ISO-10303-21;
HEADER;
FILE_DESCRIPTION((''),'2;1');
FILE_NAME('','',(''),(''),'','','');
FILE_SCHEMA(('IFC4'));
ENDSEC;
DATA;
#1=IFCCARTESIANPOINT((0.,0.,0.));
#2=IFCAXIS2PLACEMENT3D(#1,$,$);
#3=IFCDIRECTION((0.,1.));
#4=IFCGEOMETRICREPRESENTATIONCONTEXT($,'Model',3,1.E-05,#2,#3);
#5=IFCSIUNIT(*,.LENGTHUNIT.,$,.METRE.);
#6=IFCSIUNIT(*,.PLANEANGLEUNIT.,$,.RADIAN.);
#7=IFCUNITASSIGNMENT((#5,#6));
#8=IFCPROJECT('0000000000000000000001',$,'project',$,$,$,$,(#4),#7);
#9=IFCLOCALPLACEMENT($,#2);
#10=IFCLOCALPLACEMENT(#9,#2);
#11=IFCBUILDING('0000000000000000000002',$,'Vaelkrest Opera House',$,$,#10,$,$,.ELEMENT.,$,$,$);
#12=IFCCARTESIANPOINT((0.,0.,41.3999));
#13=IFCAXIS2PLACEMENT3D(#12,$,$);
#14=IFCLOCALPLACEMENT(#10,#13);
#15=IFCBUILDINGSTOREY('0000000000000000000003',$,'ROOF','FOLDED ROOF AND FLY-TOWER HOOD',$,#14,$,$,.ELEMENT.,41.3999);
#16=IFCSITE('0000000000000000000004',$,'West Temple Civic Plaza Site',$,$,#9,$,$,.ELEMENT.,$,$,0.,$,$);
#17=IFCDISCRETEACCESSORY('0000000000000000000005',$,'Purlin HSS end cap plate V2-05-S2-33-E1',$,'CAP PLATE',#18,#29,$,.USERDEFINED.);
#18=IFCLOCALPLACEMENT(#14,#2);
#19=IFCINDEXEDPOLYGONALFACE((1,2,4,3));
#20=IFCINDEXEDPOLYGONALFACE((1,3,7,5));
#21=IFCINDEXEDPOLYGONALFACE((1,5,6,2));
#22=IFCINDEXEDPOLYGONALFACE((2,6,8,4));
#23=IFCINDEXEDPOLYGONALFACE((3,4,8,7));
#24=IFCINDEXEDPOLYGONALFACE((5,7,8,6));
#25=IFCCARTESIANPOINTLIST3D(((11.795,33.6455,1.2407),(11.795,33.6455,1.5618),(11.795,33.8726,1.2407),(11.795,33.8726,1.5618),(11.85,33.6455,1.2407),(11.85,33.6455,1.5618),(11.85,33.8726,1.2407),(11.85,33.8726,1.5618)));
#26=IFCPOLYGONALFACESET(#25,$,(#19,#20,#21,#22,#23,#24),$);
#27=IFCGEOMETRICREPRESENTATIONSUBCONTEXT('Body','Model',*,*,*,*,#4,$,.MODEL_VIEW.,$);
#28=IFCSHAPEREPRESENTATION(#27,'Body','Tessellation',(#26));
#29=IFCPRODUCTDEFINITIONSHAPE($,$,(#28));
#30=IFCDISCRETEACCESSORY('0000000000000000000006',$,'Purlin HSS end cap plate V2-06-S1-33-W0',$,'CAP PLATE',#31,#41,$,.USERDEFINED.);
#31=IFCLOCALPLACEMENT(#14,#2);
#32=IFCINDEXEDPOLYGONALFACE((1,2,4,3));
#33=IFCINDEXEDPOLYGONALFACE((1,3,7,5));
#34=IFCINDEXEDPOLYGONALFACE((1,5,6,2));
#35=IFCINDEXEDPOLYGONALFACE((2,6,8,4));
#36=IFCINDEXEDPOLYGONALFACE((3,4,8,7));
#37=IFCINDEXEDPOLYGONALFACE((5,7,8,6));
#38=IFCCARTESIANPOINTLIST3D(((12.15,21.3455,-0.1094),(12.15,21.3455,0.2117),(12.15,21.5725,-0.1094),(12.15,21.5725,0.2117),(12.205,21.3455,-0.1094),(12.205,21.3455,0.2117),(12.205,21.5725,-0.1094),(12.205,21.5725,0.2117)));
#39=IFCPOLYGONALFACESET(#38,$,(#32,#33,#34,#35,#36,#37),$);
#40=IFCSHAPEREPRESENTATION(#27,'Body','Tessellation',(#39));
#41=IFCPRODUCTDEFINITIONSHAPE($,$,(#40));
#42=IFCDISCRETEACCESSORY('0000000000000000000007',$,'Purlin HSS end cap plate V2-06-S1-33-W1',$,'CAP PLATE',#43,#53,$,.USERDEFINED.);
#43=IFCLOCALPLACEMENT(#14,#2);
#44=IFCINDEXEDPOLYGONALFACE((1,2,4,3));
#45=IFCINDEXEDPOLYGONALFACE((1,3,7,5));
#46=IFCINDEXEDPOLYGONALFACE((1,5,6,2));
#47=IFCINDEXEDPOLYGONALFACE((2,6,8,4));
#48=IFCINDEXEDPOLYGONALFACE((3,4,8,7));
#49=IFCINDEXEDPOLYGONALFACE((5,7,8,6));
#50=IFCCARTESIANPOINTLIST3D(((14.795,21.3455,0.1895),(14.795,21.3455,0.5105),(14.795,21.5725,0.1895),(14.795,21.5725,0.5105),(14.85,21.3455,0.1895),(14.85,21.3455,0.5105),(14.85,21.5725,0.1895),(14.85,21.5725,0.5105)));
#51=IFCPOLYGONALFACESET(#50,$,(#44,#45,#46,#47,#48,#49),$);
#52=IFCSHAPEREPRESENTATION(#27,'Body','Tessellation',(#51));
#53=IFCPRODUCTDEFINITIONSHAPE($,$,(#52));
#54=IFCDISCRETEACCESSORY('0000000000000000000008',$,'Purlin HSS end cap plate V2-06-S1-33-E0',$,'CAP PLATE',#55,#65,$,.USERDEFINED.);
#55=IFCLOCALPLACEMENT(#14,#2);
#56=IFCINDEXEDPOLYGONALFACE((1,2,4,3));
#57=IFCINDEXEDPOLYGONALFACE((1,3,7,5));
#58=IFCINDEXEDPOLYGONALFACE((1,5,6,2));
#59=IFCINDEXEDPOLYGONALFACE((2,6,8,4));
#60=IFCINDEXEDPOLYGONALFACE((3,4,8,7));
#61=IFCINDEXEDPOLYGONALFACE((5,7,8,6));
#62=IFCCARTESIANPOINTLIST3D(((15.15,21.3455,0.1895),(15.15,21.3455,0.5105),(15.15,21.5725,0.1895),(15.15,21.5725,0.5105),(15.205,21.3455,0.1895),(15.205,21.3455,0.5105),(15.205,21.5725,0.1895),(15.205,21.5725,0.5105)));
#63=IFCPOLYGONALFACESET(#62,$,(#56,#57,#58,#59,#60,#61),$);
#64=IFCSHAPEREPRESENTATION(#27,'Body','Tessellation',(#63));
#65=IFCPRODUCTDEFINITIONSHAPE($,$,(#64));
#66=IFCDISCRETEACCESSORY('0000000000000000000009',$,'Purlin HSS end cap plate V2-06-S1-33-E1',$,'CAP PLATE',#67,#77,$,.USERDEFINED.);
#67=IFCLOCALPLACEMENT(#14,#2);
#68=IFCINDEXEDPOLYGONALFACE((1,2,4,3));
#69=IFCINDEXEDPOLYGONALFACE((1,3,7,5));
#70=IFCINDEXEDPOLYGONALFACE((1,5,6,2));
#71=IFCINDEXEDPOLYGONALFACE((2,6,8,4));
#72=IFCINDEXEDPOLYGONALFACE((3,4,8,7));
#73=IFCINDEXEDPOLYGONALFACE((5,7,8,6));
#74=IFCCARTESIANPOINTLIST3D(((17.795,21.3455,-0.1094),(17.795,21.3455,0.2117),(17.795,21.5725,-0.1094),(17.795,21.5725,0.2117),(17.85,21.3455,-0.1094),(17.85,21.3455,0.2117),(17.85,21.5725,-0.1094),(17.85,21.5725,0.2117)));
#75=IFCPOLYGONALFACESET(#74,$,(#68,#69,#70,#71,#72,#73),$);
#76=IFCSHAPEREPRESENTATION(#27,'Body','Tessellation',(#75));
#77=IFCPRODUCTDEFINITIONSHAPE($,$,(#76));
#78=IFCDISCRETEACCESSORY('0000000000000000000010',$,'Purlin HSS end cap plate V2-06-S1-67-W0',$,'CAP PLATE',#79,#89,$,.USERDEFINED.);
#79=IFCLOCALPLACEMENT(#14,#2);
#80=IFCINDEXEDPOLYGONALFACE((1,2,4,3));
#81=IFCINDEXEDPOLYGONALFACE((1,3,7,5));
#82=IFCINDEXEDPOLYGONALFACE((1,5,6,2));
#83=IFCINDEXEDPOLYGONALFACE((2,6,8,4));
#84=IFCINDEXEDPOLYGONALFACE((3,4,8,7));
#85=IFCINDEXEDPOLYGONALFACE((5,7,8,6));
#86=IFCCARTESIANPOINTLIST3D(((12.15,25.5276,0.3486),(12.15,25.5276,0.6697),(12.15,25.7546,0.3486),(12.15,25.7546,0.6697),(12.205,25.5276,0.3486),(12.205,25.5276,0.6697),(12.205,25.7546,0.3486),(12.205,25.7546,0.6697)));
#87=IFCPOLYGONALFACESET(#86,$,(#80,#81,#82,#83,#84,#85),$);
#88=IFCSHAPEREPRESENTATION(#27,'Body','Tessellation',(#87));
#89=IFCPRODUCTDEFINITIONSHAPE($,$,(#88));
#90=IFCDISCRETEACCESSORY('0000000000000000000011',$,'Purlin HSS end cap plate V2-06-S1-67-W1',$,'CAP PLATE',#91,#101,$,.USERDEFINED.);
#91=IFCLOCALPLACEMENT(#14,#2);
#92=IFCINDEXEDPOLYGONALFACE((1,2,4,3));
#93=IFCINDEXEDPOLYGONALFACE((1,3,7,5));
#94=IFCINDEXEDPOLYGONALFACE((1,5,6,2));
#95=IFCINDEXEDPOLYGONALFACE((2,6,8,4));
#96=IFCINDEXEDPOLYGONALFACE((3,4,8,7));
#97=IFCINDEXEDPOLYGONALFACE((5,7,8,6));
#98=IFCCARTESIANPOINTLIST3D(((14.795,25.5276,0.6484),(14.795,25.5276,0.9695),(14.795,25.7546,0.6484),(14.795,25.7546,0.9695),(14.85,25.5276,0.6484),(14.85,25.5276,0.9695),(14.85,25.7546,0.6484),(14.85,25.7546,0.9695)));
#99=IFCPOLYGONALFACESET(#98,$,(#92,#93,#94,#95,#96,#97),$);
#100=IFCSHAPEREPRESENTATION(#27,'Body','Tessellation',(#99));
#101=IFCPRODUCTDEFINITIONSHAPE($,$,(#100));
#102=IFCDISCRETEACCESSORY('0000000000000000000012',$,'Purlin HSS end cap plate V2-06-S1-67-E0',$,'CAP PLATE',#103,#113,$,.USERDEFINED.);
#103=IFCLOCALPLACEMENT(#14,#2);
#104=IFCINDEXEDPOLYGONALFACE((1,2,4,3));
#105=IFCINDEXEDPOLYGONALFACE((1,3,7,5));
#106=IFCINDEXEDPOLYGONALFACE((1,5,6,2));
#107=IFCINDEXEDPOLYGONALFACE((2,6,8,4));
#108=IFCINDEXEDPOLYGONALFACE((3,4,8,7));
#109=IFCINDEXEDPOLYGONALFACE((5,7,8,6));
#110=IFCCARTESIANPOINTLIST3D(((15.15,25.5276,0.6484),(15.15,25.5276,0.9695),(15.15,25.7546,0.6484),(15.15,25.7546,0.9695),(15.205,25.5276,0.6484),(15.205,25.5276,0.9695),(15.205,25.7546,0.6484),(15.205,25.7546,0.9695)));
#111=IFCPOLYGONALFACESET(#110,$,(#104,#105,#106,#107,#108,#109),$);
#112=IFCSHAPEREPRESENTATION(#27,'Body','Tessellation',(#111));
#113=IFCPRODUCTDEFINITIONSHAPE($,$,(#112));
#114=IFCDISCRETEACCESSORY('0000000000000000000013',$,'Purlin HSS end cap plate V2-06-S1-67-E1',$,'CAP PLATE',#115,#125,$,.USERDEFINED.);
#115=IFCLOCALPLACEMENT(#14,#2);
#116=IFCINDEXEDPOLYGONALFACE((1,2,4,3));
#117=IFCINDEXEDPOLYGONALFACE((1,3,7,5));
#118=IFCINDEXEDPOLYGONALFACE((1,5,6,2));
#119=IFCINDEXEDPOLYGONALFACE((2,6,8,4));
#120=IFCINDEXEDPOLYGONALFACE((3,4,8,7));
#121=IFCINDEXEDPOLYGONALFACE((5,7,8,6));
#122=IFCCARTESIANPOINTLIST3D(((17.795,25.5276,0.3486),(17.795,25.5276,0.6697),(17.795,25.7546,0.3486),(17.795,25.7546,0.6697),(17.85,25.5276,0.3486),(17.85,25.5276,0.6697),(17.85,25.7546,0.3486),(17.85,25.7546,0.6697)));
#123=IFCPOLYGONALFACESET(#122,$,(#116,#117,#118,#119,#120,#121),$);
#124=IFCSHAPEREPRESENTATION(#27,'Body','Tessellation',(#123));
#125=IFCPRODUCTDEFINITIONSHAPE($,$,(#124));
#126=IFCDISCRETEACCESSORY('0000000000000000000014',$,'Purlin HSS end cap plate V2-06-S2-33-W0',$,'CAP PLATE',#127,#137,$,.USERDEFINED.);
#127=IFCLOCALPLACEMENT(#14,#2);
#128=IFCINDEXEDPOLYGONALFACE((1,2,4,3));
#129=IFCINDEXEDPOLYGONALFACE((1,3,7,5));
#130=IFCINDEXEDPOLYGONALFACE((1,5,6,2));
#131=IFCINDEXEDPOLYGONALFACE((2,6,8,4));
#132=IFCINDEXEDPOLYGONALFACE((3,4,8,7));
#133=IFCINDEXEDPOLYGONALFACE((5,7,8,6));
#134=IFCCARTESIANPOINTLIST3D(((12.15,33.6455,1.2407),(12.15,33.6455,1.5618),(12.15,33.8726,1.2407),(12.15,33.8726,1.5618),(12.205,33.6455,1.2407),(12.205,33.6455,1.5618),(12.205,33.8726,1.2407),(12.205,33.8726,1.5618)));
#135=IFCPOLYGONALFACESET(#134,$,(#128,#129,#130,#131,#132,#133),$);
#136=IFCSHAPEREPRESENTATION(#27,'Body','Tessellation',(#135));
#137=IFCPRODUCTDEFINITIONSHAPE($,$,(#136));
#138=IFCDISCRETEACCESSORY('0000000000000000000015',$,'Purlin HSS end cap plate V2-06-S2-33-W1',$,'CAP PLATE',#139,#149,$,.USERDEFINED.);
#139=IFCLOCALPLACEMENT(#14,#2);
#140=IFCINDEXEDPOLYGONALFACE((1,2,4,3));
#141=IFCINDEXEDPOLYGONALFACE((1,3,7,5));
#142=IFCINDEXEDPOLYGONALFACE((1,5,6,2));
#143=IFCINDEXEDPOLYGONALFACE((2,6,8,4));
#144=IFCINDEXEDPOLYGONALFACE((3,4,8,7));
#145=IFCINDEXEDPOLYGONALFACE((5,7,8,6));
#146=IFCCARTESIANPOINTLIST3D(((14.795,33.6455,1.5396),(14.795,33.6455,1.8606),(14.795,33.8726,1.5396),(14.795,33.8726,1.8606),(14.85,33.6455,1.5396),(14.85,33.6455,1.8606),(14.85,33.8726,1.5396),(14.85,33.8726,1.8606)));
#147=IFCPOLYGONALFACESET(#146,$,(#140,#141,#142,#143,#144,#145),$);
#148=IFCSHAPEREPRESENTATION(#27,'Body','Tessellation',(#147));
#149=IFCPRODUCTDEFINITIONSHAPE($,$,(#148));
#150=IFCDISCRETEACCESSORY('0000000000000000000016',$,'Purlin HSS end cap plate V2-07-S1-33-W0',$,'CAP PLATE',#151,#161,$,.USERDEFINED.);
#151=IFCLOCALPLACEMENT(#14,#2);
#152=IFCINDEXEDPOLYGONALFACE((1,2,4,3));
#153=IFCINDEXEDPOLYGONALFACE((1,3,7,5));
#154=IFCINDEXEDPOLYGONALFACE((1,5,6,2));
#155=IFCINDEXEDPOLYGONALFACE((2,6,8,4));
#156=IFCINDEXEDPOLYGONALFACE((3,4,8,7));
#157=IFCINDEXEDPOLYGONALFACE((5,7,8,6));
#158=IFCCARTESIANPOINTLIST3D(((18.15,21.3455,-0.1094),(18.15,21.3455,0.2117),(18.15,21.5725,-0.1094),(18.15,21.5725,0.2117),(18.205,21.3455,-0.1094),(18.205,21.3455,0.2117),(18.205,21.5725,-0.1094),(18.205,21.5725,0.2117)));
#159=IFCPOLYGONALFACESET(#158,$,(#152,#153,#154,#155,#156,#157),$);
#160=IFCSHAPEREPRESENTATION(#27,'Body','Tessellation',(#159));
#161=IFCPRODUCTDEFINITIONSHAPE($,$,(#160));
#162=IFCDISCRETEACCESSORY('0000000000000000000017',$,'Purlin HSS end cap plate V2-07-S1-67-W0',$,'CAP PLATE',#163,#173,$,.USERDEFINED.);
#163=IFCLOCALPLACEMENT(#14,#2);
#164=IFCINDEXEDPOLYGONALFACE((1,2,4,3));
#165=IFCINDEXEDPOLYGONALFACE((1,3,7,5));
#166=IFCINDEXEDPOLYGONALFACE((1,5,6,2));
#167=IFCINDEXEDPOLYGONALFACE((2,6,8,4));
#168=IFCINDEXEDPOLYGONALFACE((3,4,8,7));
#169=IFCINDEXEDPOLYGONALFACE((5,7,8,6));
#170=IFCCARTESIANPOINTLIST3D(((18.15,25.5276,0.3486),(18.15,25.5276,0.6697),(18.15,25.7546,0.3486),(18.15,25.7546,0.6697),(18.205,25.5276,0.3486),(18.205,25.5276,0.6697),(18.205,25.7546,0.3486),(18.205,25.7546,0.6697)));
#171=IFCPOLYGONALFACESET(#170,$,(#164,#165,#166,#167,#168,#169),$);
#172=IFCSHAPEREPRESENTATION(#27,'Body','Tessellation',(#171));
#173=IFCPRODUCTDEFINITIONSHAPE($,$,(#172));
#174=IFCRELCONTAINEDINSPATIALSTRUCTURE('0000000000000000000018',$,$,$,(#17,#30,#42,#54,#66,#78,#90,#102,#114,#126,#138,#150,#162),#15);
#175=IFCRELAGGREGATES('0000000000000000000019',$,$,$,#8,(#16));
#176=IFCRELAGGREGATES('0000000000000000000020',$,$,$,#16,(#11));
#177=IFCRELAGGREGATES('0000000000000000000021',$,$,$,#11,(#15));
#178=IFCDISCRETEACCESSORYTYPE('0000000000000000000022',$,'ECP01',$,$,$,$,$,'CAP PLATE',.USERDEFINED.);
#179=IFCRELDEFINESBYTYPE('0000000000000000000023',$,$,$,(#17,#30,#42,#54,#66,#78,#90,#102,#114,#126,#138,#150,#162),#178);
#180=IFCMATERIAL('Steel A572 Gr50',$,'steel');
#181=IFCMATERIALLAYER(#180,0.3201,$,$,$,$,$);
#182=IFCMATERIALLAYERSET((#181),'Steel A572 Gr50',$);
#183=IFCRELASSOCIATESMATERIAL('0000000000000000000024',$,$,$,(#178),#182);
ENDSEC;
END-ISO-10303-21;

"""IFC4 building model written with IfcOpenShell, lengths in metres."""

from ifc_helpers import new_model, si_unit, direction, frame, origin, origin_2d, place, context, subcontext, project, spatial, rectangle, extrude, material, layer, layer_set, type_object, element, save


model = new_model("IFC4")

# Units and contexts
model_context = context("Model", 3, precision=1e-05, world=origin(), true_north=direction((0.0, 1.0)))
body_context = subcontext(model_context, "Body", "Model", "MODEL_VIEW")
ifc_project = project(units=[si_unit("LENGTHUNIT", "METRE"), si_unit("PLANEANGLEUNIT", "RADIAN")], contexts=[model_context])

# Site, building, storey
site_placement = place(None, origin())
site = spatial("IfcSite", under=ifc_project, at=site_placement, Name="West Temple Civic Plaza Site", CompositionType="ELEMENT", RefElevation=0.0)
building_placement = place(site_placement, origin())
building = spatial("IfcBuilding", under=site, at=building_placement, Name="Vaelkrest Opera House", CompositionType="ELEMENT")
storey_placement = place(building_placement, frame((0.0, 0.0, 41.3999)))
storey = spatial("IfcBuildingStorey", under=building, at=storey_placement, Name="ROOF", Description="FOLDED ROOF AND FLY-TOWER HOOD", CompositionType="ELEMENT", Elevation=41.3999)

# Discrete accessories
ifc_material_1 = material(Name="Steel A572 Gr50", Category="steel")
ifc_layer_1 = layer(ifc_material_1, 0.3201)
ifc_layer_set_1 = layer_set([ifc_layer_1], Name="Steel A572 Gr50")
discrete_accessory_type = type_object("IfcDiscreteAccessoryType", Name="ECP01", ElementType="CAP PLATE", PredefinedType="USERDEFINED", material=ifc_layer_set_1)
for number, where, z_axis, x_axis, name in (
    (1, (11.8225, 33.759, 1.2407), (0.0, 0.0, 1.0), (1.0, 0.0, 0.0), "Purlin HSS end cap plate V2-05-S2-33-E1"),
    (2, (12.1775, 21.459, -0.1094), (0.0, 0.0, 1.0), (1.0, 0.0, 0.0), "Purlin HSS end cap plate V2-06-S1-33-W0"),
    (3, (14.8225, 21.459, 0.1895), (0.0, 0.0, 1.0), (1.0, 0.0, 0.0), "Purlin HSS end cap plate V2-06-S1-33-W1"),
    (4, (15.1775, 21.459, 0.1895), (0.0, 0.0, 1.0), (1.0, 0.0, 0.0), "Purlin HSS end cap plate V2-06-S1-33-E0"),
    (5, (17.8225, 21.459, -0.1094), (0.0, 0.0, 1.0), (1.0, 0.0, 0.0), "Purlin HSS end cap plate V2-06-S1-33-E1"),
    (6, (12.1775, 25.6411, 0.3486), (0.0, 0.0, 1.0), (1.0, 0.0, 0.0), "Purlin HSS end cap plate V2-06-S1-67-W0"),
    (7, (14.8225, 25.6411, 0.6484), (0.0, 0.0, 1.0), (1.0, 0.0, 0.0), "Purlin HSS end cap plate V2-06-S1-67-W1"),
    (8, (15.1775, 25.6411, 0.6484), (0.0, 0.0, 1.0), (1.0, 0.0, 0.0), "Purlin HSS end cap plate V2-06-S1-67-E0"),
    (9, (17.8225, 25.6411, 0.3486), (0.0, 0.0, 1.0), (1.0, 0.0, 0.0), "Purlin HSS end cap plate V2-06-S1-67-E1"),
    (10, (12.1775, 33.759, 1.2407), (0.0, 0.0, 1.0), (1.0, 0.0, 0.0), "Purlin HSS end cap plate V2-06-S2-33-W0"),
    (11, (14.8225, 33.759, 1.5396), (0.0, 0.0, 1.0), (1.0, 0.0, 0.0), "Purlin HSS end cap plate V2-06-S2-33-W1"),
    (12, (18.1775, 21.459, -0.1094), (0.0, 0.0, 1.0), (1.0, 0.0, 0.0), "Purlin HSS end cap plate V2-07-S1-33-W0"),
    (13, (18.1775, 25.6411, 0.3486), (0.0, 0.0, 1.0), (1.0, 0.0, 0.0), "Purlin HSS end cap plate V2-07-S1-67-W0"),
):
    element("IfcDiscreteAccessory", number, at=place(storey_placement, frame(where, z_axis=z_axis, x_axis=x_axis)), inside=storey, type_object=discrete_accessory_type, Name=name, ObjectType="CAP PLATE", PredefinedType="USERDEFINED", context=body_context, shape_type="SweptSolid", body=[
        extrude(rectangle(XDim=0.0549, YDim=0.2271, at=origin_2d()), origin(), (0.0, 0.0, 1.0), 0.321),
    ])

save(model, "model.ifc")
